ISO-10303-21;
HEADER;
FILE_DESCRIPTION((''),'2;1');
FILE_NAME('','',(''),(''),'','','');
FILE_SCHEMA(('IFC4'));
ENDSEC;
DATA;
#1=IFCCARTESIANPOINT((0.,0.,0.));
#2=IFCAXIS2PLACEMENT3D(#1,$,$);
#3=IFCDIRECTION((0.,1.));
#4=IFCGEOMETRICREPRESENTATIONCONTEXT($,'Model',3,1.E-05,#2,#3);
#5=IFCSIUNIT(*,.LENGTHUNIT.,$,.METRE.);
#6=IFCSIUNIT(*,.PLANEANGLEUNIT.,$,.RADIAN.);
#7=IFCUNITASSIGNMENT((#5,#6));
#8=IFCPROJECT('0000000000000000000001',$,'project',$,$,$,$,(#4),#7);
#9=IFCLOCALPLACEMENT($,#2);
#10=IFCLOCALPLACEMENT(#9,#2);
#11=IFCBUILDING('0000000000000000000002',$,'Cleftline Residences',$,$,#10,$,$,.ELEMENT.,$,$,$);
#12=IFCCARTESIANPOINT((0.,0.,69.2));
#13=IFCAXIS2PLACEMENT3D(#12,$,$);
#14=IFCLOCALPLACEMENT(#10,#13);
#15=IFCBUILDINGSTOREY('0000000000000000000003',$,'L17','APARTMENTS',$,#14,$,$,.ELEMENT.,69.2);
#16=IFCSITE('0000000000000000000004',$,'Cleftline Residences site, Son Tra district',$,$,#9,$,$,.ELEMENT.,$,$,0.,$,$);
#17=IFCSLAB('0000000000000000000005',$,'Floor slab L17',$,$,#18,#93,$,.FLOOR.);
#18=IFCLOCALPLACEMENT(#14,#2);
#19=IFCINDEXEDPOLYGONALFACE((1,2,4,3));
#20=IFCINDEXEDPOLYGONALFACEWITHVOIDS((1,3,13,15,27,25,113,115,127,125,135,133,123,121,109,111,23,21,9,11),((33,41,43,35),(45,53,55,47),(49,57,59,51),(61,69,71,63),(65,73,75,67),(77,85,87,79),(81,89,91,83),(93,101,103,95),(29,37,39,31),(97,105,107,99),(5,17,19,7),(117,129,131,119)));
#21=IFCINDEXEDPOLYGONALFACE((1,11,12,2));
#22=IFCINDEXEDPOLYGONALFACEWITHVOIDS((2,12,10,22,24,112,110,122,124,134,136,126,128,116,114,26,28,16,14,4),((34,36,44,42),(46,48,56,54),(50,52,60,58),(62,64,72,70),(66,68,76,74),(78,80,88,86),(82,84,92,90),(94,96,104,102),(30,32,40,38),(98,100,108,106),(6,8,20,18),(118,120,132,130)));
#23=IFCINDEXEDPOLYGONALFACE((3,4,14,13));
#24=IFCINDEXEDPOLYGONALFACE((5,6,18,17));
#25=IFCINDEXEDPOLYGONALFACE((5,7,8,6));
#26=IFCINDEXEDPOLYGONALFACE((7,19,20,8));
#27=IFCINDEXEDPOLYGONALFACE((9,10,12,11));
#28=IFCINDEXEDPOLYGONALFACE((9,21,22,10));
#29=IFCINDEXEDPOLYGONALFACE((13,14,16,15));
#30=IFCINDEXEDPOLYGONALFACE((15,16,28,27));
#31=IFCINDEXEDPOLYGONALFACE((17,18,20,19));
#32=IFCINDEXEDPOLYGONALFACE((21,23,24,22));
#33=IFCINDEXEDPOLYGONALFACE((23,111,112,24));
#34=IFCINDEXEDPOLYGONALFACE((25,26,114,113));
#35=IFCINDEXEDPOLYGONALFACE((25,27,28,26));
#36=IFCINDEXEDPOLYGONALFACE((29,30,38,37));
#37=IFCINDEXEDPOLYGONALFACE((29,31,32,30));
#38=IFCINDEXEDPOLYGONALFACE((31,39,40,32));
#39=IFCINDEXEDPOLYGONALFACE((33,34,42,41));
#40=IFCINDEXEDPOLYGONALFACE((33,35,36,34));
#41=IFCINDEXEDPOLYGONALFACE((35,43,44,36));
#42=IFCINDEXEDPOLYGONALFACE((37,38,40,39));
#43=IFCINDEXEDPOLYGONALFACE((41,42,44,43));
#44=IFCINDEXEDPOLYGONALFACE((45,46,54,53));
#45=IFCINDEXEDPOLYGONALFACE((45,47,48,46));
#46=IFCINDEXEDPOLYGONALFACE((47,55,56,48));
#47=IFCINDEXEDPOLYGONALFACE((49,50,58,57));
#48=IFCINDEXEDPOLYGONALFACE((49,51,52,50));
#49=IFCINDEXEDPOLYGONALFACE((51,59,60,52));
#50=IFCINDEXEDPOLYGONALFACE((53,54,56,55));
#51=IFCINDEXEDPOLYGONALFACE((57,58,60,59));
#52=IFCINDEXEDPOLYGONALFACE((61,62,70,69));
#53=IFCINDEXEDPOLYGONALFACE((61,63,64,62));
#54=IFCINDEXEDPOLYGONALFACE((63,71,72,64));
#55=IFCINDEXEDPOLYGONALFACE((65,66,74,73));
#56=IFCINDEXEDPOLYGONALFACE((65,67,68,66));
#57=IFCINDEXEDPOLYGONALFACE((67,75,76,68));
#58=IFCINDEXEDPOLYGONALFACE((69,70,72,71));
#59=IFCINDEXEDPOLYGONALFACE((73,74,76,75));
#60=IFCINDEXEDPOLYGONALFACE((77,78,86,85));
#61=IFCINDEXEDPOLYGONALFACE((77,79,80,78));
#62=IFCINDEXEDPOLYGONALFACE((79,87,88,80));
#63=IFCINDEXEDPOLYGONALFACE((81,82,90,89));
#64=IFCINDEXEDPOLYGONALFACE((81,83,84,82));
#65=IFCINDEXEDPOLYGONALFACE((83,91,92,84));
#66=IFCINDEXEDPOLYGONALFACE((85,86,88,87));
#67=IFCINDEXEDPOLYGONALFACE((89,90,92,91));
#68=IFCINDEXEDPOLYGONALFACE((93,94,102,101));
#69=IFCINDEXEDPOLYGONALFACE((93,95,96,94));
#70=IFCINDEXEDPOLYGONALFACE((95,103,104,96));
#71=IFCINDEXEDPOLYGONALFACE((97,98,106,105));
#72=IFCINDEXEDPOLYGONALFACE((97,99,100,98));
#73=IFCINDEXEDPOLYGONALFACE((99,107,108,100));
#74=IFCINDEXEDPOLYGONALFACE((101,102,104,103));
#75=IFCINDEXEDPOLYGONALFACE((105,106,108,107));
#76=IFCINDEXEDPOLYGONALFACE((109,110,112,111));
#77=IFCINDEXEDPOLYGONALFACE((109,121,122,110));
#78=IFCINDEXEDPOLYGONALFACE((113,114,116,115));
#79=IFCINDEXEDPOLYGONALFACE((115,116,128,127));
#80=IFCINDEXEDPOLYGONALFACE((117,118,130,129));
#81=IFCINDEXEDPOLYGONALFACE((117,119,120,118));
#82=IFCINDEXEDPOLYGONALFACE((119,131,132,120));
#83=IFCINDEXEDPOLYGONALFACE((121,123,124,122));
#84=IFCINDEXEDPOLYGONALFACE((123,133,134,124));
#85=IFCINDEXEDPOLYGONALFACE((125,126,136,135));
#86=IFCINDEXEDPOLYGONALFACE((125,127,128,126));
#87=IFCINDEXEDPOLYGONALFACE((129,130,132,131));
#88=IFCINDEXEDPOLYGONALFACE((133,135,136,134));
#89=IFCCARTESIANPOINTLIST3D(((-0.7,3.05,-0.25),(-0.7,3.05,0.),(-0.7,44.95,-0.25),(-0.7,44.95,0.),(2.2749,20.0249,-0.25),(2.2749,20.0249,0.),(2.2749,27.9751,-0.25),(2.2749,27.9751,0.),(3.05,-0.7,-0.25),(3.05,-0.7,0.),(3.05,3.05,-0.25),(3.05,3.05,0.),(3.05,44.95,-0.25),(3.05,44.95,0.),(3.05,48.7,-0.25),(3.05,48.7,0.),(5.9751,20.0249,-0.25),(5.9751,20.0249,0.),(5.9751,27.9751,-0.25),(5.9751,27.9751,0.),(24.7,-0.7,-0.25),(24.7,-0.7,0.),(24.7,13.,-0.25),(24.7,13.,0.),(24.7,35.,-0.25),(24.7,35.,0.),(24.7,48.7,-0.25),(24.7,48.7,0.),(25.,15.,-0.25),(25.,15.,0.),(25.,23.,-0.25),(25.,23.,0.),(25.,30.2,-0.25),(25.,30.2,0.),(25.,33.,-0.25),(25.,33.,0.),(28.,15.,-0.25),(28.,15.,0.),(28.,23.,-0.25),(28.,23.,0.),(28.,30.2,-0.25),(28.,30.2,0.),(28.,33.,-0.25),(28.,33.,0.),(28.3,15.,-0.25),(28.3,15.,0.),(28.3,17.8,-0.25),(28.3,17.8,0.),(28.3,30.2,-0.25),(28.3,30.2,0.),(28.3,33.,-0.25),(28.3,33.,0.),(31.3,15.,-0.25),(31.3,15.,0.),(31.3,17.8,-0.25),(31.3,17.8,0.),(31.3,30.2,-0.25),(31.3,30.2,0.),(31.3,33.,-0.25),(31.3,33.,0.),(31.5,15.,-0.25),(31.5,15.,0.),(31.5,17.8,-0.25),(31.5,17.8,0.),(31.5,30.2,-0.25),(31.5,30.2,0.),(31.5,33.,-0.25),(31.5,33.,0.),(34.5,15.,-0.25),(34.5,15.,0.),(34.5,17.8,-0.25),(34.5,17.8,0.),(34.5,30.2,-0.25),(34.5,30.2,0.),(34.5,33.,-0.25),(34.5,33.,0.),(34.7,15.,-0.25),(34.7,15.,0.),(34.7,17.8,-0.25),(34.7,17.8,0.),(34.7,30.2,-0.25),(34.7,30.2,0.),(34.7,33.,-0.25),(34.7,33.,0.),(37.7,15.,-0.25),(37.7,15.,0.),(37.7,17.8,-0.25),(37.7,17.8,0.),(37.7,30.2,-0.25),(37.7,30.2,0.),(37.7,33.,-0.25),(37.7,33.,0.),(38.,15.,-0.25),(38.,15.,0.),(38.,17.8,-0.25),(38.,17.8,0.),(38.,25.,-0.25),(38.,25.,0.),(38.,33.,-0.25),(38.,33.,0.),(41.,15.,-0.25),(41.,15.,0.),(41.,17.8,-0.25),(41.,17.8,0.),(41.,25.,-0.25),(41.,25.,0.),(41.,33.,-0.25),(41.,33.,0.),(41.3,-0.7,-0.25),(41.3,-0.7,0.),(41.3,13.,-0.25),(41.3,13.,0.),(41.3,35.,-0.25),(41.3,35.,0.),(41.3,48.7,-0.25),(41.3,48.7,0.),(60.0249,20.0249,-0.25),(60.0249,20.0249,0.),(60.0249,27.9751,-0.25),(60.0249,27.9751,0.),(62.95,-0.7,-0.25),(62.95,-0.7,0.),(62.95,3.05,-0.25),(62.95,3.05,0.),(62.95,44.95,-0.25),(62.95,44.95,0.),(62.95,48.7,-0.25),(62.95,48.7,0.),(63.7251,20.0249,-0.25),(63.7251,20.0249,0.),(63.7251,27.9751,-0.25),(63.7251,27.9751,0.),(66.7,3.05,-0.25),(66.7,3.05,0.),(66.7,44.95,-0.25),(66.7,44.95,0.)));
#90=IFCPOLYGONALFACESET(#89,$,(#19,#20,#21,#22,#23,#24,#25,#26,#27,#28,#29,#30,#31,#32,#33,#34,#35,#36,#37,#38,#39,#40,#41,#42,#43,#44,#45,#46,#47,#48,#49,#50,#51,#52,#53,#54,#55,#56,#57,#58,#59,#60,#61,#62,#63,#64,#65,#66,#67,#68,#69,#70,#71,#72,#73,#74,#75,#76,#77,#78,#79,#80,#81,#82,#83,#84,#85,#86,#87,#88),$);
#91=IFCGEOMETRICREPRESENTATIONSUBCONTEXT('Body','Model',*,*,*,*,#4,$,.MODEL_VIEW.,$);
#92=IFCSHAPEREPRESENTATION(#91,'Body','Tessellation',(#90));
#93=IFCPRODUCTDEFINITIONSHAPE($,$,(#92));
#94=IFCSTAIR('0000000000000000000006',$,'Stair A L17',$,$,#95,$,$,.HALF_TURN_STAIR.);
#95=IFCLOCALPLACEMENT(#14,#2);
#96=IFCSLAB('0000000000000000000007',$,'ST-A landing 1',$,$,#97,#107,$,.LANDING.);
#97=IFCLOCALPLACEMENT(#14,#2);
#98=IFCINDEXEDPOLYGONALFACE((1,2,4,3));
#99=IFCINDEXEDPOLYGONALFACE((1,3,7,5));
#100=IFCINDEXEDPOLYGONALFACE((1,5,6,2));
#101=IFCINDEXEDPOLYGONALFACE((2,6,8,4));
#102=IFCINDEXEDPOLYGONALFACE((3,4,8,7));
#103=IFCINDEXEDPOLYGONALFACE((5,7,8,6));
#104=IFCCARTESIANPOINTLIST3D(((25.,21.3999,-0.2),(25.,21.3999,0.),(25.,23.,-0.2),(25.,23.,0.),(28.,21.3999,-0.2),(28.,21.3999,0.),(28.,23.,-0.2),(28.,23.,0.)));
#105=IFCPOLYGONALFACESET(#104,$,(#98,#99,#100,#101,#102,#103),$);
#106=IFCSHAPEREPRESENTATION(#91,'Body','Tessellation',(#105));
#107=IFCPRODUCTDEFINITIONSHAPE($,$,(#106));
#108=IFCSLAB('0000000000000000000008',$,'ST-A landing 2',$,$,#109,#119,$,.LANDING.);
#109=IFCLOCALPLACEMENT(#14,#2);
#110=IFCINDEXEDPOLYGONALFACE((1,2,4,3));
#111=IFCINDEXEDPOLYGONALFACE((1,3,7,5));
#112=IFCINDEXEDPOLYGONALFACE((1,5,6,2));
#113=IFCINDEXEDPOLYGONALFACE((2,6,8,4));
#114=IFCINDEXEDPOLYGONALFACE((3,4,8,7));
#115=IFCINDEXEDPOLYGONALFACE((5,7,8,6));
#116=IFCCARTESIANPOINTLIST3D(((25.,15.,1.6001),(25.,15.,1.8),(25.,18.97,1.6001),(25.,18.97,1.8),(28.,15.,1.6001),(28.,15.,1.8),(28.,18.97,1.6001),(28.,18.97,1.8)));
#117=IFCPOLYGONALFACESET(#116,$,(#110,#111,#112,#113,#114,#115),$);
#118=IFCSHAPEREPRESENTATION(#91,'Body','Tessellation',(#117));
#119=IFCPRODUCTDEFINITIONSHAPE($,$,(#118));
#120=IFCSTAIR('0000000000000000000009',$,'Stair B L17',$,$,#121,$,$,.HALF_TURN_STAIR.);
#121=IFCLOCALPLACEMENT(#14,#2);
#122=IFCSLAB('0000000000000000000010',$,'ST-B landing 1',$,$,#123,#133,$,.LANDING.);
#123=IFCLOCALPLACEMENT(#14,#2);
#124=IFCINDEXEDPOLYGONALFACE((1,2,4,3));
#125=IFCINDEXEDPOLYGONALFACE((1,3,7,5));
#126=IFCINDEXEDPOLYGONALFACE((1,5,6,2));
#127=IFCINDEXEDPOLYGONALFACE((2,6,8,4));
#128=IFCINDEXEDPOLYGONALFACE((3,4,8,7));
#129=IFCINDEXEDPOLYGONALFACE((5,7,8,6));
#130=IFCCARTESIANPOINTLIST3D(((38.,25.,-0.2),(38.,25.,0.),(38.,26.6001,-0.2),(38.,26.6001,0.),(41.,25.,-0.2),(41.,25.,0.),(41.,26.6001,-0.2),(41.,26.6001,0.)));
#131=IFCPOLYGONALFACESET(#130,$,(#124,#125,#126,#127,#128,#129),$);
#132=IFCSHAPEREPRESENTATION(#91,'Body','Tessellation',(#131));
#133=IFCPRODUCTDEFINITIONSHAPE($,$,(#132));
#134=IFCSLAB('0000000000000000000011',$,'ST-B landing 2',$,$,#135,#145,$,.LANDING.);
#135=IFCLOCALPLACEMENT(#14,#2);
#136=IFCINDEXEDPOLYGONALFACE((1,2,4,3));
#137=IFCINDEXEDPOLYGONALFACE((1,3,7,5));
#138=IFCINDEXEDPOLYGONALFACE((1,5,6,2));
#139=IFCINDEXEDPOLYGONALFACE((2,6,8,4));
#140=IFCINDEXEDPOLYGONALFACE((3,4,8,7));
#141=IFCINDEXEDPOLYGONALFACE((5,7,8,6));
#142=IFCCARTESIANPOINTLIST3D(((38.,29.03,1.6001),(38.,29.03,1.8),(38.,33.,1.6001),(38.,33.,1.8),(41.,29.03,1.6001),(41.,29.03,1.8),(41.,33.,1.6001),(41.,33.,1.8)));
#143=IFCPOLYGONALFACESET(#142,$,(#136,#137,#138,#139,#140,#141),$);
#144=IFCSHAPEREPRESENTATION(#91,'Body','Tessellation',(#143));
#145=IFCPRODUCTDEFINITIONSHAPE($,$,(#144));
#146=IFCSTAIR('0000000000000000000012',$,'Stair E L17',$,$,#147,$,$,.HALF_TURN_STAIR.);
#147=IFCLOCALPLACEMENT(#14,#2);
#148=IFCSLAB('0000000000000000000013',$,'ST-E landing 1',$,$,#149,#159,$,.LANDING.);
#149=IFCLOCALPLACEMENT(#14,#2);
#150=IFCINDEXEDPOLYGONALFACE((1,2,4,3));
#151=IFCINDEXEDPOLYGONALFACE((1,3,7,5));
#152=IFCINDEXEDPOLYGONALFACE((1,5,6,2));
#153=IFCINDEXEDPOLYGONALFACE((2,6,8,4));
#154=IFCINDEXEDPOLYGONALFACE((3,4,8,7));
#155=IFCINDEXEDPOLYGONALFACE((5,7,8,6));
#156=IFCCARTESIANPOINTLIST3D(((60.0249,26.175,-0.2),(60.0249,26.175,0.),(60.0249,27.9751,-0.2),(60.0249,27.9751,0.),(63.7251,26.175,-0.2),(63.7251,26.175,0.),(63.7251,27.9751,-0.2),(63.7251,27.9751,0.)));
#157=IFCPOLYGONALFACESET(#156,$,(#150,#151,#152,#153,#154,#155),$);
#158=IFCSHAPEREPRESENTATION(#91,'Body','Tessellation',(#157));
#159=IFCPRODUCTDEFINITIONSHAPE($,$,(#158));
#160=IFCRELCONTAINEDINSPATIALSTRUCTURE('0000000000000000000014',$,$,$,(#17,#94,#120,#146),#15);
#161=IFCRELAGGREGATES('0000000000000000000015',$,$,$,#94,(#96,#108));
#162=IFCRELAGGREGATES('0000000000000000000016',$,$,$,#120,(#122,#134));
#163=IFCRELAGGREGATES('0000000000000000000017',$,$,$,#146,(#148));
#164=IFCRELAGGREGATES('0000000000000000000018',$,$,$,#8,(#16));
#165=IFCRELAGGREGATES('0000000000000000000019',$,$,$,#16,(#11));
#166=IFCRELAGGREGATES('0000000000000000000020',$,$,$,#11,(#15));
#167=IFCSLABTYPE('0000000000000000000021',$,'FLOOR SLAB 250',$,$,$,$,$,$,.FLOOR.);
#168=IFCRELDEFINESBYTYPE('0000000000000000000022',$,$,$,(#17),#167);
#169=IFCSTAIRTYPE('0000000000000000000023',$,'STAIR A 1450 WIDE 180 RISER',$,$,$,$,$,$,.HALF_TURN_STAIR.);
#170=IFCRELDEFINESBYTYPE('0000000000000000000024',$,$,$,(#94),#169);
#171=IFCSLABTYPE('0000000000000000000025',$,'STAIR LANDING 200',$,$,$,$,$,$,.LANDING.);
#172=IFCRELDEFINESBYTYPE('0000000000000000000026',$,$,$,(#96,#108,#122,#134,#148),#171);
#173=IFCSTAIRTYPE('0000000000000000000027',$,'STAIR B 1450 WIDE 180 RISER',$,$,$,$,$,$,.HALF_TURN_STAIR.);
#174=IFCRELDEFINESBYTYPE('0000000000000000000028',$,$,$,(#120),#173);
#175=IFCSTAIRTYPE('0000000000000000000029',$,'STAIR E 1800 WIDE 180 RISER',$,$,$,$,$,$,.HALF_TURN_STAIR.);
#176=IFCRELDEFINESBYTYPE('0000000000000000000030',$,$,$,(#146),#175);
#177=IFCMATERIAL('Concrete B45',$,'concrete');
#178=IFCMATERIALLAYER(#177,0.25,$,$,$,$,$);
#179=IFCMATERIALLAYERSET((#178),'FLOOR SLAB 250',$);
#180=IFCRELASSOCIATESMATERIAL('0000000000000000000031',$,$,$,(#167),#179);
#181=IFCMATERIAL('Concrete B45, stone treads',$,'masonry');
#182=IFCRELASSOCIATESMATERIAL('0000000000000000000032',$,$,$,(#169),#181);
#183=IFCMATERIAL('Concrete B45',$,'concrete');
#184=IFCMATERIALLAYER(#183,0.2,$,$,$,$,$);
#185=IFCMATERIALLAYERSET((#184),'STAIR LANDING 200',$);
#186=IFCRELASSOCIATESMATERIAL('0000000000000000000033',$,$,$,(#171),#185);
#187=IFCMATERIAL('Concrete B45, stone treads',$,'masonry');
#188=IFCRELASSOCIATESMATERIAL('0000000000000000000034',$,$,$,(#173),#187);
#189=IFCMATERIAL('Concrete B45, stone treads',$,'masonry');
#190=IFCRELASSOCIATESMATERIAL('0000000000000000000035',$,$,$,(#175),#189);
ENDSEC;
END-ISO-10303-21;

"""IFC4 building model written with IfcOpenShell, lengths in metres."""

from ifc_helpers import new_model, si_unit, direction, frame, origin, place, context, subcontext, project, spatial, polyline, outline, extrude, material, layer, layer_set, type_object, element, aggregate, save


model = new_model("IFC4")

# Units and contexts
model_context = context("Model", 3, precision=1e-05, world=origin(), true_north=direction((0.0, 1.0)))
body_context = subcontext(model_context, "Body", "Model", "MODEL_VIEW")
ifc_project = project(units=[si_unit("LENGTHUNIT", "METRE"), si_unit("PLANEANGLEUNIT", "RADIAN")], contexts=[model_context])

# Site, building, storey
site_placement = place(None, origin())
site = spatial("IfcSite", under=ifc_project, at=site_placement, Name="Cleftline Residences site, Son Tra district", CompositionType="ELEMENT", RefElevation=0.0)
building_placement = place(site_placement, origin())
building = spatial("IfcBuilding", under=site, at=building_placement, Name="Cleftline Residences", CompositionType="ELEMENT")
storey_placement = place(building_placement, frame((0.0, 0.0, 69.2)))
storey = spatial("IfcBuildingStorey", under=building, at=storey_placement, Name="L17", Description="APARTMENTS", CompositionType="ELEMENT", Elevation=69.2)

# Slab
ifc_material_1 = material(Name="Concrete B45", Category="concrete")
ifc_layer_1 = layer(ifc_material_1, 0.25)
ifc_layer_set_1 = layer_set([ifc_layer_1], Name="FLOOR SLAB 250")
slab_type_1 = type_object("IfcSlabType", Name="FLOOR SLAB 250", PredefinedType="FLOOR", material=ifc_layer_set_1)
slab_1_placement = place(storey_placement, frame((0.0, 0.0, -0.25)))
element("IfcSlab", 1, at=slab_1_placement, inside=storey, type_object=slab_type_1, Name="Floor slab L17", PredefinedType="FLOOR", context=body_context, shape_type="SweptSolid", body=[
    extrude(outline(polyline([(24.7, 13.0), (41.3, 13.0), (41.3, -0.7), (62.95, -0.7), (62.95, 3.05), (66.7, 3.05), (66.7, 44.95), (62.95, 44.95), (62.95, 48.7), (41.3, 48.7), (41.3, 35.0), (24.7, 35.0), (24.7, 48.7), (3.05, 48.7), (3.05, 44.95), (-0.7, 44.95), (-0.7, 3.05), (3.05, 3.05), (3.05, -0.7), (24.7, -0.7), (24.7, 13.0)]), holes=[polyline([(28.0, 15.0), (28.0, 23.0), (25.0, 23.0), (25.0, 15.0), (28.0, 15.0)]), polyline([(41.0, 25.0), (41.0, 33.0), (38.0, 33.0), (38.0, 25.0), (41.0, 25.0)]), polyline([(28.0, 30.2), (28.0, 33.0), (25.0, 33.0), (25.0, 30.2), (28.0, 30.2)]), polyline([(41.0, 15.0), (41.0, 17.8), (38.0, 17.8), (38.0, 15.0), (41.0, 15.0)]), polyline([(31.3, 15.0), (31.3, 17.8), (28.3, 17.8), (28.3, 15.0), (31.3, 15.0)]), polyline([(34.5, 15.0), (34.5, 17.8), (31.5, 17.8), (31.5, 15.0), (34.5, 15.0)]), polyline([(37.7, 15.0), (37.7, 17.8), (34.7, 17.8), (34.7, 15.0), (37.7, 15.0)]), polyline([(31.3, 30.2), (31.3, 33.0), (28.3, 33.0), (28.3, 30.2), (31.3, 30.2)]), polyline([(34.5, 30.2), (34.5, 33.0), (31.5, 33.0), (31.5, 30.2), (34.5, 30.2)]), polyline([(37.7, 30.2), (37.7, 33.0), (34.7, 33.0), (34.7, 30.2), (37.7, 30.2)]), polyline([(63.7251, 20.0249), (63.7251, 27.9751), (60.0249, 27.9751), (60.0249, 20.0249), (63.7251, 20.0249)]), polyline([(5.9751, 20.0249), (5.9751, 27.9751), (2.2749, 27.9751), (2.2749, 20.0249), (5.9751, 20.0249)])]), origin(), (0.0, 0.0, 1.0), 0.25),
])

# Stairs, slabs
ifc_material_2 = material(Name="Concrete B45, stone treads", Category="masonry")
stair_type_1 = type_object("IfcStairType", Name="STAIR A 1450 WIDE 180 RISER", PredefinedType="HALF_TURN_STAIR", material=ifc_material_2)
stair_1_placement = place(storey_placement, origin())
stair_1 = element("IfcStair", 2, at=stair_1_placement, inside=storey, type_object=stair_type_1, Name="Stair A L17", PredefinedType="HALF_TURN_STAIR")
ifc_material_3 = material(Name="Concrete B45", Category="concrete")
ifc_layer_2 = layer(ifc_material_3, 0.2)
ifc_layer_set_2 = layer_set([ifc_layer_2], Name="STAIR LANDING 200")
slab_type_2 = type_object("IfcSlabType", Name="STAIR LANDING 200", PredefinedType="LANDING", material=ifc_layer_set_2)
slab_2_placement = place(storey_placement, frame((0.0, 0.0, -0.2)))
slab_2 = element("IfcSlab", 3, at=slab_2_placement, type_object=slab_type_2, Name="ST-A landing 1", PredefinedType="LANDING", context=body_context, shape_type="SweptSolid", body=[
    extrude(outline(polyline([(25.0, 21.3999), (28.0, 21.3999), (28.0, 23.0), (25.0, 23.0), (25.0, 21.3999)])), origin(), (0.0, 0.0, 1.0), 0.2),
])
slab_3_placement = place(storey_placement, frame((0.0, 0.0, 1.6001)))
slab_3 = element("IfcSlab", 4, at=slab_3_placement, type_object=slab_type_2, Name="ST-A landing 2", PredefinedType="LANDING", context=body_context, shape_type="SweptSolid", body=[
    extrude(outline(polyline([(25.0, 15.0), (28.0, 15.0), (28.0, 18.97), (25.0, 18.97), (25.0, 15.0)])), origin(), (0.0, 0.0, 1.0), 0.2),
])
aggregate(stair_1, [slab_2, slab_3])
ifc_material_4 = material(Name="Concrete B45, stone treads", Category="masonry")
stair_type_2 = type_object("IfcStairType", Name="STAIR B 1450 WIDE 180 RISER", PredefinedType="HALF_TURN_STAIR", material=ifc_material_4)
stair_2_placement = place(storey_placement, origin())
stair_2 = element("IfcStair", 5, at=stair_2_placement, inside=storey, type_object=stair_type_2, Name="Stair B L17", PredefinedType="HALF_TURN_STAIR")
slab_4_placement = place(storey_placement, frame((0.0, 0.0, -0.2)))
slab_4 = element("IfcSlab", 6, at=slab_4_placement, type_object=slab_type_2, Name="ST-B landing 1", PredefinedType="LANDING", context=body_context, shape_type="SweptSolid", body=[
    extrude(outline(polyline([(38.0, 25.0), (41.0, 25.0), (41.0, 26.6001), (38.0, 26.6001), (38.0, 25.0)])), origin(), (0.0, 0.0, 1.0), 0.2),
])
slab_5_placement = place(storey_placement, frame((0.0, 0.0, 1.6001)))
slab_5 = element("IfcSlab", 7, at=slab_5_placement, type_object=slab_type_2, Name="ST-B landing 2", PredefinedType="LANDING", context=body_context, shape_type="SweptSolid", body=[
    extrude(outline(polyline([(38.0, 29.03), (41.0, 29.03), (41.0, 33.0), (38.0, 33.0), (38.0, 29.03)])), origin(), (0.0, 0.0, 1.0), 0.2),
])
aggregate(stair_2, [slab_4, slab_5])

# Stair, slab
ifc_material_5 = material(Name="Concrete B45, stone treads", Category="masonry")
stair_type_3 = type_object("IfcStairType", Name="STAIR E 1800 WIDE 180 RISER", PredefinedType="HALF_TURN_STAIR", material=ifc_material_5)
stair_3_placement = place(storey_placement, origin())
stair_3 = element("IfcStair", 8, at=stair_3_placement, inside=storey, type_object=stair_type_3, Name="Stair E L17", PredefinedType="HALF_TURN_STAIR")
slab_6_placement = place(storey_placement, frame((0.0, 0.0, -0.2)))
slab_6 = element("IfcSlab", 9, at=slab_6_placement, type_object=slab_type_2, Name="ST-E landing 1", PredefinedType="LANDING", context=body_context, shape_type="SweptSolid", body=[
    extrude(outline(polyline([(60.0249, 26.175), (63.7251, 26.175), (63.7251, 27.9751), (60.0249, 27.9751), (60.0249, 26.175)])), origin(), (0.0, 0.0, 1.0), 0.2),
])
aggregate(stair_3, [slab_6])

save(model, "model.ifc")
